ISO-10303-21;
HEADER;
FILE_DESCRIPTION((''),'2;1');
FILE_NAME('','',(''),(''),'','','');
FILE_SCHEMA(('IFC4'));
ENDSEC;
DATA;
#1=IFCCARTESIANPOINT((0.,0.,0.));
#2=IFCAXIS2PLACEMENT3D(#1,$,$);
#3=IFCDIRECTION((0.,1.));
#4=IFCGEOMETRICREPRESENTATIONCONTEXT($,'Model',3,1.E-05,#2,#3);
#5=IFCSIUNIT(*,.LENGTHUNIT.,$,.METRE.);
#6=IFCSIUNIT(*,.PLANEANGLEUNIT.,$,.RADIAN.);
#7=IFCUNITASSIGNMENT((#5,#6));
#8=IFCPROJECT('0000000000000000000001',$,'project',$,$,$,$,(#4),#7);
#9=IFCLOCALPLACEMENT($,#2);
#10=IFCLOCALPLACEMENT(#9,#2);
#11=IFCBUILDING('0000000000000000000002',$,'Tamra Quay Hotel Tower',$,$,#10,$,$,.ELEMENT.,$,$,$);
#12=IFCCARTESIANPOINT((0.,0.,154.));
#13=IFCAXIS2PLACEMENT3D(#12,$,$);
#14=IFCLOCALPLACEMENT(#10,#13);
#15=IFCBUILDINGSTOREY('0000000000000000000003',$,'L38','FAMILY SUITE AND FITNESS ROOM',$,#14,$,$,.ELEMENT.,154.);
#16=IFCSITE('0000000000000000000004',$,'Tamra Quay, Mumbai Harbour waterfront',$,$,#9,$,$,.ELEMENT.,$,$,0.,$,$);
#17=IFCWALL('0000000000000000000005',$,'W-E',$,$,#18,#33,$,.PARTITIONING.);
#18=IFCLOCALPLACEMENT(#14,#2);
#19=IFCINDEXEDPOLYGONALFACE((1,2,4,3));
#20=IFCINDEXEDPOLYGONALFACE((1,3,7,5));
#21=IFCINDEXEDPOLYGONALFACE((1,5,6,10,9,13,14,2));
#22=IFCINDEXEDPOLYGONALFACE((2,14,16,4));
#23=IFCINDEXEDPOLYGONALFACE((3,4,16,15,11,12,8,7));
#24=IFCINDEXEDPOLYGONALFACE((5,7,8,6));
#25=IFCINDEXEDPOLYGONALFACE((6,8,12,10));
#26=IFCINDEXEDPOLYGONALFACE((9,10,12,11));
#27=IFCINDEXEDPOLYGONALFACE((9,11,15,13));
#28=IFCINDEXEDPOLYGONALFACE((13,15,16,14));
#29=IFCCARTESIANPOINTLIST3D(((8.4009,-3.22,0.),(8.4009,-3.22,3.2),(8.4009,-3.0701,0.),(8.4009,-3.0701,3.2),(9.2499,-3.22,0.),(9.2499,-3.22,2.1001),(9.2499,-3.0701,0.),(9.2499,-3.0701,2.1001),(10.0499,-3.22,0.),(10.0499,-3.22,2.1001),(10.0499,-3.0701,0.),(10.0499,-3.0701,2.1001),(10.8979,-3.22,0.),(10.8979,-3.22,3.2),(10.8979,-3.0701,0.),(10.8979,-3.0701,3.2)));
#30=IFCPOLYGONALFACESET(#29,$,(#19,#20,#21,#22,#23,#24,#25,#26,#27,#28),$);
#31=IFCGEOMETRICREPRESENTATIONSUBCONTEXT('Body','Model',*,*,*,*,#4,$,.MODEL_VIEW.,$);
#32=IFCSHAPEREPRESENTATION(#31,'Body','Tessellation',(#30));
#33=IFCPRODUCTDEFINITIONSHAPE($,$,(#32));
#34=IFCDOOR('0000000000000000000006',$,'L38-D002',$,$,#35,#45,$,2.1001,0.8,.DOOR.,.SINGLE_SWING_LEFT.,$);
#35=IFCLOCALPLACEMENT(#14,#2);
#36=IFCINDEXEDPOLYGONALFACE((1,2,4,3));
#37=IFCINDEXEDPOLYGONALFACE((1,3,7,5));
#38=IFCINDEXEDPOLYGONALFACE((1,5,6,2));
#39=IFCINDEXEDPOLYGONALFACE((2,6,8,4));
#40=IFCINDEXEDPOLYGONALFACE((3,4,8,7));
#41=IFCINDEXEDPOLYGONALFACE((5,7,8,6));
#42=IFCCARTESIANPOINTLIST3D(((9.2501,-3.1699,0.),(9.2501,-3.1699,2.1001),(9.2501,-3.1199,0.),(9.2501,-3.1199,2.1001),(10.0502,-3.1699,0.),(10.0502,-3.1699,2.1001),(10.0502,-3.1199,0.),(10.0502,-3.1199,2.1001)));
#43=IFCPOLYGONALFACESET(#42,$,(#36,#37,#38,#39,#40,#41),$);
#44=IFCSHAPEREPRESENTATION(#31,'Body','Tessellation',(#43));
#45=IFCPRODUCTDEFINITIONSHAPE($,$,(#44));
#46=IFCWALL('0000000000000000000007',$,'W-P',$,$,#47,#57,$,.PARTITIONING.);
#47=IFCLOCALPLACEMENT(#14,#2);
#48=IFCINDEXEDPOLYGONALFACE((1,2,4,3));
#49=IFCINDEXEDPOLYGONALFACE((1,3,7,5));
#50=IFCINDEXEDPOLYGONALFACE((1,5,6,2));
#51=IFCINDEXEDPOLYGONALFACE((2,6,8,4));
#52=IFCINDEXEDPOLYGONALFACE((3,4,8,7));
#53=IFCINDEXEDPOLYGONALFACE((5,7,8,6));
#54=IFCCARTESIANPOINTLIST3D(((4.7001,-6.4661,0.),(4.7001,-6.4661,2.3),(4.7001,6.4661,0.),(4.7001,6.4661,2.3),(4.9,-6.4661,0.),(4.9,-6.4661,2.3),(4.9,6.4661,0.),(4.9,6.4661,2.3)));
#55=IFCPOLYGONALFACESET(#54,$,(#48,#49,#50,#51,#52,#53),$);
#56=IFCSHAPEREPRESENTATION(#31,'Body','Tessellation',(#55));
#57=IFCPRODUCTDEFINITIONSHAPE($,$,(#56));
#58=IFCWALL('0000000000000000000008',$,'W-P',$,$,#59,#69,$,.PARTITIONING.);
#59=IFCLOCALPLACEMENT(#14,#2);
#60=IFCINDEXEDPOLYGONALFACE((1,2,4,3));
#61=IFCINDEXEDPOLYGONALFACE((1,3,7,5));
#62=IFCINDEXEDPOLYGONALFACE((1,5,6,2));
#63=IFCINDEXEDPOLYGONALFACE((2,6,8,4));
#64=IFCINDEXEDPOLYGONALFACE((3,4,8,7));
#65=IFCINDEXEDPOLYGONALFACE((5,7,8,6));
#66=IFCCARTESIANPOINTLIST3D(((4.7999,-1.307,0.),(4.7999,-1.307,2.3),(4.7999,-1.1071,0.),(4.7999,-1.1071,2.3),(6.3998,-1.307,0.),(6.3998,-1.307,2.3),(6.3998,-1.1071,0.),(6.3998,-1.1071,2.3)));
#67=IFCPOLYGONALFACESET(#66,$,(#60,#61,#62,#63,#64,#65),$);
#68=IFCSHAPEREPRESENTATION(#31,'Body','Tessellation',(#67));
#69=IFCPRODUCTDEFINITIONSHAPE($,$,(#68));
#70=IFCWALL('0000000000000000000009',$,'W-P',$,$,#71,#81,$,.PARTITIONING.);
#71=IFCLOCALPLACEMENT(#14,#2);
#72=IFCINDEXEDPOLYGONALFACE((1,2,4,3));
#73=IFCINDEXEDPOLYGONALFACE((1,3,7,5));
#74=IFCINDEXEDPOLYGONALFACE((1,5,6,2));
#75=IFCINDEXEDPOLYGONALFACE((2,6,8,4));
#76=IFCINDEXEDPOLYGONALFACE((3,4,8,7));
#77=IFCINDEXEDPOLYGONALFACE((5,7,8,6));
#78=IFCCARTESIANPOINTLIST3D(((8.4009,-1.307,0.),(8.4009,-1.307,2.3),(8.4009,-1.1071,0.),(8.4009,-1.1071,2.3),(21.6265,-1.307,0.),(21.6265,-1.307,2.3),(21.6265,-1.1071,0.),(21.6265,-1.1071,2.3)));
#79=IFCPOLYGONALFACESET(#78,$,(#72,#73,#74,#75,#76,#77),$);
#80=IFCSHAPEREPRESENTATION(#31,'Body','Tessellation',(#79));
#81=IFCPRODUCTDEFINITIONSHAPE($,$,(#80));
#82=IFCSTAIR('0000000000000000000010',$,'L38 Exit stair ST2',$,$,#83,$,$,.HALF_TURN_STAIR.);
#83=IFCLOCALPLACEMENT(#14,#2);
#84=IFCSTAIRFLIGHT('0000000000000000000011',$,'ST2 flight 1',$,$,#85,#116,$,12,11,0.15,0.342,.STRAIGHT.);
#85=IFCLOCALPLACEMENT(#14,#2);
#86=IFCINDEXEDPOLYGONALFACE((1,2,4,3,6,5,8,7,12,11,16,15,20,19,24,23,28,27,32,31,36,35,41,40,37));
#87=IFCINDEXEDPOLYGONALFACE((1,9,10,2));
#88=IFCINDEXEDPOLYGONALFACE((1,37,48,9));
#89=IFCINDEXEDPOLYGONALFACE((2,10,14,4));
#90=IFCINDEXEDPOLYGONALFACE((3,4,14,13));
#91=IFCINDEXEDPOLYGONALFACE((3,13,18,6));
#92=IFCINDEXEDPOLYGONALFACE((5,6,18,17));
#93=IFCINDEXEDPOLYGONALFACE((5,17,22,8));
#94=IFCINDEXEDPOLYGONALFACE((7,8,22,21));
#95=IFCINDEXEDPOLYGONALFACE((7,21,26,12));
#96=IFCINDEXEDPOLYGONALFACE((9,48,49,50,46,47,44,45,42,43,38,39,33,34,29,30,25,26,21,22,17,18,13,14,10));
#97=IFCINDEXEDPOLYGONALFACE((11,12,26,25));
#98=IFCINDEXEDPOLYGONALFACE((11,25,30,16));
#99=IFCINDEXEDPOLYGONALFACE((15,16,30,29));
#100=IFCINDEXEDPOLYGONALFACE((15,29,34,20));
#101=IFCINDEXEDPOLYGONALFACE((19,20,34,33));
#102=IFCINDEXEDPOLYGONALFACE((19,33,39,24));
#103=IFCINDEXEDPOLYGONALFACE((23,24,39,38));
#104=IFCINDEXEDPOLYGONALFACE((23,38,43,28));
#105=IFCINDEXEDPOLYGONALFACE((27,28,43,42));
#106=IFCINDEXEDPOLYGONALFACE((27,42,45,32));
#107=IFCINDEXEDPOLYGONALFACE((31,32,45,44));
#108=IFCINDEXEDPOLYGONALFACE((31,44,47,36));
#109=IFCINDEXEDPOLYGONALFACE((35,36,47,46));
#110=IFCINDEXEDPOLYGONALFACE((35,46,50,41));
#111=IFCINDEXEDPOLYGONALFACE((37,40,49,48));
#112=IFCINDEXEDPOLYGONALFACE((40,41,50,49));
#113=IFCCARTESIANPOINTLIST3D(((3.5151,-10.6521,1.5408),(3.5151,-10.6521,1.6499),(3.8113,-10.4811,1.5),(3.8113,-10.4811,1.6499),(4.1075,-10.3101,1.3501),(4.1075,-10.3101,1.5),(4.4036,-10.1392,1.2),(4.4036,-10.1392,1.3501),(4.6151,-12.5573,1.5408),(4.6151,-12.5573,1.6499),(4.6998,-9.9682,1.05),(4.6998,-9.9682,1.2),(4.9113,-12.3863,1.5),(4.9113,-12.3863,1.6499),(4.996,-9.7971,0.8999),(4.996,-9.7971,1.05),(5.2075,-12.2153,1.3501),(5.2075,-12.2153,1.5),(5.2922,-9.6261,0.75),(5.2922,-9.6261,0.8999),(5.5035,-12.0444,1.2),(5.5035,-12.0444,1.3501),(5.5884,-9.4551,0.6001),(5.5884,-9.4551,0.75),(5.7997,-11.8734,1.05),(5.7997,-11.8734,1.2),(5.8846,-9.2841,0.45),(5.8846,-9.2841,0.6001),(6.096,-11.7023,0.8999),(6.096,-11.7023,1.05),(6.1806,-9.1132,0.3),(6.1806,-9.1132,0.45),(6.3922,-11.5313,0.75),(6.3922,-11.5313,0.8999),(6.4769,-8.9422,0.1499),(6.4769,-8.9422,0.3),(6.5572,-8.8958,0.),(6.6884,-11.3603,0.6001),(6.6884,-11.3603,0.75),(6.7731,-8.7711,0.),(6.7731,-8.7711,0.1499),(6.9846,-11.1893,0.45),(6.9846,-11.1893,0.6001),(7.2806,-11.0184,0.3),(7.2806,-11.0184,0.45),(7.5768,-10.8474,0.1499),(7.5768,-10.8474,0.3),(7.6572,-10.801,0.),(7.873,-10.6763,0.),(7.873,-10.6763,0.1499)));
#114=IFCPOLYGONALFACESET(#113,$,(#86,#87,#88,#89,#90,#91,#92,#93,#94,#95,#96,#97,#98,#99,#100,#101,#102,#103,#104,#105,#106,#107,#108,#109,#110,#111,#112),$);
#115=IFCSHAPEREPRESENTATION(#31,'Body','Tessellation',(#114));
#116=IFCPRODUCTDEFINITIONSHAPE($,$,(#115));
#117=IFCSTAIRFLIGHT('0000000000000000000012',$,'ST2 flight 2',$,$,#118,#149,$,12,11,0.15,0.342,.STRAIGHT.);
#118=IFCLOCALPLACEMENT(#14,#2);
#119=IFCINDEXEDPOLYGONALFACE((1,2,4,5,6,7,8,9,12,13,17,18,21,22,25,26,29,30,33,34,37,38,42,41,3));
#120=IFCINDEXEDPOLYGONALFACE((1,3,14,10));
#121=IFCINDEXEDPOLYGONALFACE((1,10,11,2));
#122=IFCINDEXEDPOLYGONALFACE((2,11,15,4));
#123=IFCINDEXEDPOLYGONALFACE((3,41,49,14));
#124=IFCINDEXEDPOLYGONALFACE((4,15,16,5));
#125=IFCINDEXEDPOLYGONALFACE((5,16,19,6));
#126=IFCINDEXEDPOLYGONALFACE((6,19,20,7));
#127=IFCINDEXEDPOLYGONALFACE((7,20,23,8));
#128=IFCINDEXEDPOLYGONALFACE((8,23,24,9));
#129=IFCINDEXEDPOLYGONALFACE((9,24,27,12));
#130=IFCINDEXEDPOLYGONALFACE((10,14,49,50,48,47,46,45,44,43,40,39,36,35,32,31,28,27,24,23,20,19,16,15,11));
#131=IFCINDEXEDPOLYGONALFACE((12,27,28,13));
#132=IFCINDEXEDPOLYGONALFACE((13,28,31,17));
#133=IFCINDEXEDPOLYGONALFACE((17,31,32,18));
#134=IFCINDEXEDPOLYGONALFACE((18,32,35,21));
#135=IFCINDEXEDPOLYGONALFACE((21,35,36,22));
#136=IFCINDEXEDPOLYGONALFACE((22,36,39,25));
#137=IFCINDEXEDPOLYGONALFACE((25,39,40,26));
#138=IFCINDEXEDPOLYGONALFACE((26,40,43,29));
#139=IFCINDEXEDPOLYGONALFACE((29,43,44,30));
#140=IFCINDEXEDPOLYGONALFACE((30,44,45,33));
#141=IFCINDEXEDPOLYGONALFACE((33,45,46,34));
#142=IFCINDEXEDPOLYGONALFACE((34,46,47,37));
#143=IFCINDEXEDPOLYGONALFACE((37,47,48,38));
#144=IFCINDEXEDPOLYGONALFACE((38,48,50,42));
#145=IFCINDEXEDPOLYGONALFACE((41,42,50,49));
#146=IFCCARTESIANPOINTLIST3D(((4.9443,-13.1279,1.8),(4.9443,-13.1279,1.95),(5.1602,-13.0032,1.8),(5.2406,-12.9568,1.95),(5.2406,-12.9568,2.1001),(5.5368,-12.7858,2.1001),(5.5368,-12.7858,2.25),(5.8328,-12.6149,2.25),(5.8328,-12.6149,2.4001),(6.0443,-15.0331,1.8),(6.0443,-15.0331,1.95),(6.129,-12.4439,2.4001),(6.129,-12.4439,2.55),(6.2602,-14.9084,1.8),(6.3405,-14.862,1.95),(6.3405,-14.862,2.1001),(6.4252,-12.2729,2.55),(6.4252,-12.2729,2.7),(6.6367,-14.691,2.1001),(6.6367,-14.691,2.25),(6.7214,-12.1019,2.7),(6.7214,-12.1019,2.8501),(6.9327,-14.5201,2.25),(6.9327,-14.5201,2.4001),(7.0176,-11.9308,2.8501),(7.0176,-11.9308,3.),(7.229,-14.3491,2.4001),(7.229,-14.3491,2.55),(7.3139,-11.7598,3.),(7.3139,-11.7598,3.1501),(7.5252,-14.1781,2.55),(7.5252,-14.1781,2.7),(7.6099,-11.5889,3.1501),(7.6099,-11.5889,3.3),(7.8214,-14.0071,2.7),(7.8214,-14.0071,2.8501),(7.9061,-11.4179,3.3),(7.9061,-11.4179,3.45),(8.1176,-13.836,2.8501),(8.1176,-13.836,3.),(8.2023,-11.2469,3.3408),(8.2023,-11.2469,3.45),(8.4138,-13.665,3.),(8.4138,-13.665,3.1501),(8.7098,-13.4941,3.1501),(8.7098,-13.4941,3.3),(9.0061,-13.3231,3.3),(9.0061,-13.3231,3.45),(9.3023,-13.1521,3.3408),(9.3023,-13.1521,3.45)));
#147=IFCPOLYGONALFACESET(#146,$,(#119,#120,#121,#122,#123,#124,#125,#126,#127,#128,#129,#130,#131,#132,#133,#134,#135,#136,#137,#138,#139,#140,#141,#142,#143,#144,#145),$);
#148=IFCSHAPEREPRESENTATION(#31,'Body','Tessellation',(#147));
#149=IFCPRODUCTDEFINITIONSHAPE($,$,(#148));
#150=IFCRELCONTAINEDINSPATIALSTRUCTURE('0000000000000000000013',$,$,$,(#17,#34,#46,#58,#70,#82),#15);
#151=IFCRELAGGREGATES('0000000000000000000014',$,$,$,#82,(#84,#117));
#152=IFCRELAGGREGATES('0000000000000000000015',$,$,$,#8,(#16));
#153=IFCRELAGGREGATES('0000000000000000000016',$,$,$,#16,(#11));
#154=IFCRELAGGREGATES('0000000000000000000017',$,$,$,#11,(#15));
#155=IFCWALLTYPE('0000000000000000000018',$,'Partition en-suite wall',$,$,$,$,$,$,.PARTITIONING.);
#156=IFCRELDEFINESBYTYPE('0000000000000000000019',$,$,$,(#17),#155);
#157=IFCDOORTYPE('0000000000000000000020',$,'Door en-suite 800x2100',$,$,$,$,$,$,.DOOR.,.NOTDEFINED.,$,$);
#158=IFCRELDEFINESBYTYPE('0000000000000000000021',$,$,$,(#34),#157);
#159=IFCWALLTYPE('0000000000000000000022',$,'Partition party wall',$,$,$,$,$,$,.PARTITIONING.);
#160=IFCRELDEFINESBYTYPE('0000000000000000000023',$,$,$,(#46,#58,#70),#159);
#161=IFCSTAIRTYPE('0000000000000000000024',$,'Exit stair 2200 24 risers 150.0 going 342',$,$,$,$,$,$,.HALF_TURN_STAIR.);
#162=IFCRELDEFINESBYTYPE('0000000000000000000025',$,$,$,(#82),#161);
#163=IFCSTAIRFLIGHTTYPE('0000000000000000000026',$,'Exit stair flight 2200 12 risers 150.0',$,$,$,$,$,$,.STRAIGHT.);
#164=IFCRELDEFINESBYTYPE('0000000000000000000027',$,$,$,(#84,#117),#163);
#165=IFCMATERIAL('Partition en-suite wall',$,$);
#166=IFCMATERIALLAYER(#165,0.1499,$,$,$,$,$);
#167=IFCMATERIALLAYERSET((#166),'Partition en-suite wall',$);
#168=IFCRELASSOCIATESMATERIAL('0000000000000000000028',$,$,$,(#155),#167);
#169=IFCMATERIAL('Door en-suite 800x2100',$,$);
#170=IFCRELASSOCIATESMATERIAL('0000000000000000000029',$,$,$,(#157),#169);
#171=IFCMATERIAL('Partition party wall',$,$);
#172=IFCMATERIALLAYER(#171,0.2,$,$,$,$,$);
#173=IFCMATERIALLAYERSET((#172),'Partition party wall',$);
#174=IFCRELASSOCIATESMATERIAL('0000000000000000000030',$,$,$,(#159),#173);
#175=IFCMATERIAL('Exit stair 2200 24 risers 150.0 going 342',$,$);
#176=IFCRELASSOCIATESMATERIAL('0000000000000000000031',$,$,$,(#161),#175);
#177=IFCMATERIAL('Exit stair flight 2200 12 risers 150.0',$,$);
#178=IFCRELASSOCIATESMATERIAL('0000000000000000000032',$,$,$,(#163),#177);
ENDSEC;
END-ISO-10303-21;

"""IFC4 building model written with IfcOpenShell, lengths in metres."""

from ifc_helpers import new_model, si_unit, direction, frame, frame_2d, origin, place, context, subcontext, project, spatial, polyline, rectangle, outline, extrude, material, layer, layer_set, type_object, element, fill, aggregate, save


model = new_model("IFC4")

# Units and contexts
model_context = context("Model", 3, precision=1e-05, world=origin(), true_north=direction((0.0, 1.0)))
body_context = subcontext(model_context, "Body", "Model", "MODEL_VIEW")
ifc_project = project(units=[si_unit("LENGTHUNIT", "METRE"), si_unit("PLANEANGLEUNIT", "RADIAN")], contexts=[model_context])

# Site, building, storey
site_placement = place(None, origin())
site = spatial("IfcSite", under=ifc_project, at=site_placement, Name="Tamra Quay, Mumbai Harbour waterfront", CompositionType="ELEMENT", RefElevation=0.0)
building_placement = place(site_placement, origin())
building = spatial("IfcBuilding", under=site, at=building_placement, Name="Tamra Quay Hotel Tower", CompositionType="ELEMENT")
storey_placement = place(building_placement, frame((0.0, 0.0, 154.0)))
storey = spatial("IfcBuildingStorey", under=building, at=storey_placement, Name="L38", Description="FAMILY SUITE AND FITNESS ROOM", CompositionType="ELEMENT", Elevation=154.0)

# Wall, opening, door
ifc_material_1 = material(Name="Partition en-suite wall")
ifc_layer_1 = layer(ifc_material_1, 0.1499)
ifc_layer_set_1 = layer_set([ifc_layer_1], Name="Partition en-suite wall")
wall_type_1 = type_object("IfcWallType", Name="Partition en-suite wall", PredefinedType="PARTITIONING", material=ifc_layer_set_1)
wall_1_placement = place(storey_placement, frame((8.4009, -3.145, 0.0), z_axis=(0.0, 0.0, 1.0), x_axis=(1.0, 0.0, 0.0)))
wall_1 = element("IfcWall", 1, at=wall_1_placement, inside=storey, type_object=wall_type_1, Name="W-E", PredefinedType="PARTITIONING", context=body_context, shape_type="SweptSolid", body=[
    extrude(rectangle(XDim=2.4971, YDim=0.1499, at=frame_2d((1.2485, 0.0))), origin(), (0.0, 0.0, 1.0), 3.2),
])
opening_1_placement = place(wall_1_placement, frame((0.8491, 0.0, 0.0)))
opening_1 = element("IfcOpeningElement", 2, at=opening_1_placement, cuts=wall_1, PredefinedType="OPENING", context=body_context, shape_type="SweptSolid", body=[
    extrude(rectangle(XDim=0.8, YDim=2.1001, at=frame_2d((0.3999, 1.05))), frame((0.0, 0.085, 0.0), z_axis=(0.0, -1.0, 0.0), x_axis=(1.0, 0.0, 0.0)), (0.0, 0.0, 1.0), 0.1699),
])
ifc_material_2 = material(Name="Door en-suite 800x2100")
door_type_1 = type_object("IfcDoorType", Name="Door en-suite 800x2100", OperationType="NOTDEFINED", PredefinedType="DOOR", material=ifc_material_2)
door_1_placement = place(opening_1_placement, frame((0.8, 0.0, 0.0), z_axis=(0.0, 0.0, 1.0), x_axis=(-1.0, 0.0, 0.0)))
door_1 = element("IfcDoor", 3, at=door_1_placement, inside=storey, type_object=door_type_1, Name="L38-D002", OperationType="SINGLE_SWING_LEFT", OverallHeight=2.1001, OverallWidth=0.8, PredefinedType="DOOR", context=body_context, shape_type="SweptSolid", body=[
    extrude(rectangle(XDim=0.8, YDim=2.1001, at=frame_2d((0.3999, 1.05))), frame((0.0, 0.0249, 0.0), z_axis=(0.0, -1.0, 0.0), x_axis=(1.0, 0.0, 0.0)), (0.0, 0.0, 1.0), 0.05),
])
fill(opening_1, door_1)

# Walls
ifc_material_3 = material(Name="Partition party wall")
ifc_layer_2 = layer(ifc_material_3, 0.2)
ifc_layer_set_2 = layer_set([ifc_layer_2], Name="Partition party wall")
wall_type_2 = type_object("IfcWallType", Name="Partition party wall", PredefinedType="PARTITIONING", material=ifc_layer_set_2)
wall_2_placement = place(storey_placement, frame((4.8, -6.4661, 0.0), z_axis=(0.0, 0.0, 1.0), x_axis=(0.0, 1.0, 0.0)))
element("IfcWall", 4, at=wall_2_placement, inside=storey, type_object=wall_type_2, Name="W-P", PredefinedType="PARTITIONING", context=body_context, shape_type="SweptSolid", body=[
    extrude(rectangle(XDim=12.9321, YDim=0.2, at=frame_2d((6.4661, 0.0))), origin(), (0.0, 0.0, 1.0), 2.3),
])
wall_3_placement = place(storey_placement, frame((4.8, -1.207, 0.0), z_axis=(0.0, 0.0, 1.0), x_axis=(1.0, 0.0, 0.0)))
element("IfcWall", 5, at=wall_3_placement, inside=storey, type_object=wall_type_2, Name="W-P", PredefinedType="PARTITIONING", context=body_context, shape_type="SweptSolid", body=[
    extrude(rectangle(XDim=1.5999, YDim=0.2, at=frame_2d((0.7998, 0.0))), origin(), (0.0, 0.0, 1.0), 2.3),
])
wall_4_placement = place(storey_placement, frame((8.4009, -1.207, 0.0), z_axis=(0.0, 0.0, 1.0), x_axis=(1.0, 0.0, 0.0)))
element("IfcWall", 6, at=wall_4_placement, inside=storey, type_object=wall_type_2, Name="W-P", PredefinedType="PARTITIONING", context=body_context, shape_type="SweptSolid", body=[
    extrude(rectangle(XDim=13.2256, YDim=0.2, at=frame_2d((6.6128, 0.0))), origin(), (0.0, 0.0, 1.0), 2.3),
])

# Stair, stair flights
ifc_material_4 = material(Name="Exit stair 2200 24 risers 150.0 going 342")
stair_type = type_object("IfcStairType", Name="Exit stair 2200 24 risers 150.0 going 342", PredefinedType="HALF_TURN_STAIR", material=ifc_material_4)
stair_placement = place(storey_placement, origin())
stair = element("IfcStair", 7, at=stair_placement, inside=storey, type_object=stair_type, Name="L38 Exit stair ST2", PredefinedType="HALF_TURN_STAIR")
ifc_material_5 = material(Name="Exit stair flight 2200 12 risers 150.0")
stair_flight_type = type_object("IfcStairFlightType", Name="Exit stair flight 2200 12 risers 150.0", PredefinedType="STRAIGHT", material=ifc_material_5)
stair_flight_1_placement = place(storey_placement, frame((7.323, -9.7236, 0.0), z_axis=(0.0, 0.0, 1.0), x_axis=(-0.866025, -0.5, 0.0)))
stair_flight_1 = element("IfcStairFlight", 8, at=stair_flight_1_placement, type_object=stair_flight_type, Name="ST2 flight 1", NumberOfRisers=12, NumberOfTreads=11, PredefinedType="STRAIGHT", RiserHeight=0.15, TreadLength=0.342, context=body_context, shape_type="SweptSolid", body=[
    extrude(outline(polyline([(0.0, 0.0), (0.0, 0.1499), (0.342, 0.1499), (0.342, 0.3), (0.6841, 0.3), (0.6841, 0.45), (1.0259, 0.45), (1.0259, 0.6001), (1.3679, 0.6001), (1.3679, 0.75), (1.71, 0.75), (1.71, 0.8999), (2.052, 0.8999), (2.052, 1.05), (2.394, 1.05), (2.394, 1.2), (2.7361, 1.2), (2.7361, 1.3501), (3.0779, 1.3501), (3.0779, 1.5), (3.4199, 1.5), (3.4199, 1.6499), (3.762, 1.6499), (3.762, 1.8), (3.762, 1.5408), (0.2493, 0.0), (0.0, 0.0)])), frame((0.0, 1.1001, 0.0), z_axis=(0.0, -1.0, 0.0), x_axis=(1.0, 0.0, 0.0)), (0.0, 0.0, 1.0), 2.2),
])
stair_flight_2_placement = place(storey_placement, frame((5.4944, -14.0806, 1.8), z_axis=(0.0, 0.0, 1.0), x_axis=(0.866025, 0.5, 0.0)))
stair_flight_2 = element("IfcStairFlight", 9, at=stair_flight_2_placement, type_object=stair_flight_type, Name="ST2 flight 2", NumberOfRisers=12, NumberOfTreads=11, PredefinedType="STRAIGHT", RiserHeight=0.15, TreadLength=0.342, context=body_context, shape_type="SweptSolid", body=[
    extrude(outline(polyline([(0.0, 0.0), (0.0, 0.1499), (0.342, 0.1499), (0.342, 0.3), (0.6841, 0.3), (0.6841, 0.45), (1.0259, 0.45), (1.0259, 0.6001), (1.3679, 0.6001), (1.3679, 0.75), (1.71, 0.75), (1.71, 0.8999), (2.052, 0.8999), (2.052, 1.05), (2.394, 1.05), (2.394, 1.2), (2.7361, 1.2), (2.7361, 1.3501), (3.0779, 1.3501), (3.0779, 1.5), (3.4199, 1.5), (3.4199, 1.6499), (3.762, 1.6499), (3.762, 1.8), (3.762, 1.5408), (0.2493, 0.0), (0.0, 0.0)])), frame((0.0, 1.1001, 0.0), z_axis=(0.0, -1.0, 0.0), x_axis=(1.0, 0.0, 0.0)), (0.0, 0.0, 1.0), 2.2),
])
aggregate(stair, [stair_flight_1, stair_flight_2])

save(model, "model.ifc")
